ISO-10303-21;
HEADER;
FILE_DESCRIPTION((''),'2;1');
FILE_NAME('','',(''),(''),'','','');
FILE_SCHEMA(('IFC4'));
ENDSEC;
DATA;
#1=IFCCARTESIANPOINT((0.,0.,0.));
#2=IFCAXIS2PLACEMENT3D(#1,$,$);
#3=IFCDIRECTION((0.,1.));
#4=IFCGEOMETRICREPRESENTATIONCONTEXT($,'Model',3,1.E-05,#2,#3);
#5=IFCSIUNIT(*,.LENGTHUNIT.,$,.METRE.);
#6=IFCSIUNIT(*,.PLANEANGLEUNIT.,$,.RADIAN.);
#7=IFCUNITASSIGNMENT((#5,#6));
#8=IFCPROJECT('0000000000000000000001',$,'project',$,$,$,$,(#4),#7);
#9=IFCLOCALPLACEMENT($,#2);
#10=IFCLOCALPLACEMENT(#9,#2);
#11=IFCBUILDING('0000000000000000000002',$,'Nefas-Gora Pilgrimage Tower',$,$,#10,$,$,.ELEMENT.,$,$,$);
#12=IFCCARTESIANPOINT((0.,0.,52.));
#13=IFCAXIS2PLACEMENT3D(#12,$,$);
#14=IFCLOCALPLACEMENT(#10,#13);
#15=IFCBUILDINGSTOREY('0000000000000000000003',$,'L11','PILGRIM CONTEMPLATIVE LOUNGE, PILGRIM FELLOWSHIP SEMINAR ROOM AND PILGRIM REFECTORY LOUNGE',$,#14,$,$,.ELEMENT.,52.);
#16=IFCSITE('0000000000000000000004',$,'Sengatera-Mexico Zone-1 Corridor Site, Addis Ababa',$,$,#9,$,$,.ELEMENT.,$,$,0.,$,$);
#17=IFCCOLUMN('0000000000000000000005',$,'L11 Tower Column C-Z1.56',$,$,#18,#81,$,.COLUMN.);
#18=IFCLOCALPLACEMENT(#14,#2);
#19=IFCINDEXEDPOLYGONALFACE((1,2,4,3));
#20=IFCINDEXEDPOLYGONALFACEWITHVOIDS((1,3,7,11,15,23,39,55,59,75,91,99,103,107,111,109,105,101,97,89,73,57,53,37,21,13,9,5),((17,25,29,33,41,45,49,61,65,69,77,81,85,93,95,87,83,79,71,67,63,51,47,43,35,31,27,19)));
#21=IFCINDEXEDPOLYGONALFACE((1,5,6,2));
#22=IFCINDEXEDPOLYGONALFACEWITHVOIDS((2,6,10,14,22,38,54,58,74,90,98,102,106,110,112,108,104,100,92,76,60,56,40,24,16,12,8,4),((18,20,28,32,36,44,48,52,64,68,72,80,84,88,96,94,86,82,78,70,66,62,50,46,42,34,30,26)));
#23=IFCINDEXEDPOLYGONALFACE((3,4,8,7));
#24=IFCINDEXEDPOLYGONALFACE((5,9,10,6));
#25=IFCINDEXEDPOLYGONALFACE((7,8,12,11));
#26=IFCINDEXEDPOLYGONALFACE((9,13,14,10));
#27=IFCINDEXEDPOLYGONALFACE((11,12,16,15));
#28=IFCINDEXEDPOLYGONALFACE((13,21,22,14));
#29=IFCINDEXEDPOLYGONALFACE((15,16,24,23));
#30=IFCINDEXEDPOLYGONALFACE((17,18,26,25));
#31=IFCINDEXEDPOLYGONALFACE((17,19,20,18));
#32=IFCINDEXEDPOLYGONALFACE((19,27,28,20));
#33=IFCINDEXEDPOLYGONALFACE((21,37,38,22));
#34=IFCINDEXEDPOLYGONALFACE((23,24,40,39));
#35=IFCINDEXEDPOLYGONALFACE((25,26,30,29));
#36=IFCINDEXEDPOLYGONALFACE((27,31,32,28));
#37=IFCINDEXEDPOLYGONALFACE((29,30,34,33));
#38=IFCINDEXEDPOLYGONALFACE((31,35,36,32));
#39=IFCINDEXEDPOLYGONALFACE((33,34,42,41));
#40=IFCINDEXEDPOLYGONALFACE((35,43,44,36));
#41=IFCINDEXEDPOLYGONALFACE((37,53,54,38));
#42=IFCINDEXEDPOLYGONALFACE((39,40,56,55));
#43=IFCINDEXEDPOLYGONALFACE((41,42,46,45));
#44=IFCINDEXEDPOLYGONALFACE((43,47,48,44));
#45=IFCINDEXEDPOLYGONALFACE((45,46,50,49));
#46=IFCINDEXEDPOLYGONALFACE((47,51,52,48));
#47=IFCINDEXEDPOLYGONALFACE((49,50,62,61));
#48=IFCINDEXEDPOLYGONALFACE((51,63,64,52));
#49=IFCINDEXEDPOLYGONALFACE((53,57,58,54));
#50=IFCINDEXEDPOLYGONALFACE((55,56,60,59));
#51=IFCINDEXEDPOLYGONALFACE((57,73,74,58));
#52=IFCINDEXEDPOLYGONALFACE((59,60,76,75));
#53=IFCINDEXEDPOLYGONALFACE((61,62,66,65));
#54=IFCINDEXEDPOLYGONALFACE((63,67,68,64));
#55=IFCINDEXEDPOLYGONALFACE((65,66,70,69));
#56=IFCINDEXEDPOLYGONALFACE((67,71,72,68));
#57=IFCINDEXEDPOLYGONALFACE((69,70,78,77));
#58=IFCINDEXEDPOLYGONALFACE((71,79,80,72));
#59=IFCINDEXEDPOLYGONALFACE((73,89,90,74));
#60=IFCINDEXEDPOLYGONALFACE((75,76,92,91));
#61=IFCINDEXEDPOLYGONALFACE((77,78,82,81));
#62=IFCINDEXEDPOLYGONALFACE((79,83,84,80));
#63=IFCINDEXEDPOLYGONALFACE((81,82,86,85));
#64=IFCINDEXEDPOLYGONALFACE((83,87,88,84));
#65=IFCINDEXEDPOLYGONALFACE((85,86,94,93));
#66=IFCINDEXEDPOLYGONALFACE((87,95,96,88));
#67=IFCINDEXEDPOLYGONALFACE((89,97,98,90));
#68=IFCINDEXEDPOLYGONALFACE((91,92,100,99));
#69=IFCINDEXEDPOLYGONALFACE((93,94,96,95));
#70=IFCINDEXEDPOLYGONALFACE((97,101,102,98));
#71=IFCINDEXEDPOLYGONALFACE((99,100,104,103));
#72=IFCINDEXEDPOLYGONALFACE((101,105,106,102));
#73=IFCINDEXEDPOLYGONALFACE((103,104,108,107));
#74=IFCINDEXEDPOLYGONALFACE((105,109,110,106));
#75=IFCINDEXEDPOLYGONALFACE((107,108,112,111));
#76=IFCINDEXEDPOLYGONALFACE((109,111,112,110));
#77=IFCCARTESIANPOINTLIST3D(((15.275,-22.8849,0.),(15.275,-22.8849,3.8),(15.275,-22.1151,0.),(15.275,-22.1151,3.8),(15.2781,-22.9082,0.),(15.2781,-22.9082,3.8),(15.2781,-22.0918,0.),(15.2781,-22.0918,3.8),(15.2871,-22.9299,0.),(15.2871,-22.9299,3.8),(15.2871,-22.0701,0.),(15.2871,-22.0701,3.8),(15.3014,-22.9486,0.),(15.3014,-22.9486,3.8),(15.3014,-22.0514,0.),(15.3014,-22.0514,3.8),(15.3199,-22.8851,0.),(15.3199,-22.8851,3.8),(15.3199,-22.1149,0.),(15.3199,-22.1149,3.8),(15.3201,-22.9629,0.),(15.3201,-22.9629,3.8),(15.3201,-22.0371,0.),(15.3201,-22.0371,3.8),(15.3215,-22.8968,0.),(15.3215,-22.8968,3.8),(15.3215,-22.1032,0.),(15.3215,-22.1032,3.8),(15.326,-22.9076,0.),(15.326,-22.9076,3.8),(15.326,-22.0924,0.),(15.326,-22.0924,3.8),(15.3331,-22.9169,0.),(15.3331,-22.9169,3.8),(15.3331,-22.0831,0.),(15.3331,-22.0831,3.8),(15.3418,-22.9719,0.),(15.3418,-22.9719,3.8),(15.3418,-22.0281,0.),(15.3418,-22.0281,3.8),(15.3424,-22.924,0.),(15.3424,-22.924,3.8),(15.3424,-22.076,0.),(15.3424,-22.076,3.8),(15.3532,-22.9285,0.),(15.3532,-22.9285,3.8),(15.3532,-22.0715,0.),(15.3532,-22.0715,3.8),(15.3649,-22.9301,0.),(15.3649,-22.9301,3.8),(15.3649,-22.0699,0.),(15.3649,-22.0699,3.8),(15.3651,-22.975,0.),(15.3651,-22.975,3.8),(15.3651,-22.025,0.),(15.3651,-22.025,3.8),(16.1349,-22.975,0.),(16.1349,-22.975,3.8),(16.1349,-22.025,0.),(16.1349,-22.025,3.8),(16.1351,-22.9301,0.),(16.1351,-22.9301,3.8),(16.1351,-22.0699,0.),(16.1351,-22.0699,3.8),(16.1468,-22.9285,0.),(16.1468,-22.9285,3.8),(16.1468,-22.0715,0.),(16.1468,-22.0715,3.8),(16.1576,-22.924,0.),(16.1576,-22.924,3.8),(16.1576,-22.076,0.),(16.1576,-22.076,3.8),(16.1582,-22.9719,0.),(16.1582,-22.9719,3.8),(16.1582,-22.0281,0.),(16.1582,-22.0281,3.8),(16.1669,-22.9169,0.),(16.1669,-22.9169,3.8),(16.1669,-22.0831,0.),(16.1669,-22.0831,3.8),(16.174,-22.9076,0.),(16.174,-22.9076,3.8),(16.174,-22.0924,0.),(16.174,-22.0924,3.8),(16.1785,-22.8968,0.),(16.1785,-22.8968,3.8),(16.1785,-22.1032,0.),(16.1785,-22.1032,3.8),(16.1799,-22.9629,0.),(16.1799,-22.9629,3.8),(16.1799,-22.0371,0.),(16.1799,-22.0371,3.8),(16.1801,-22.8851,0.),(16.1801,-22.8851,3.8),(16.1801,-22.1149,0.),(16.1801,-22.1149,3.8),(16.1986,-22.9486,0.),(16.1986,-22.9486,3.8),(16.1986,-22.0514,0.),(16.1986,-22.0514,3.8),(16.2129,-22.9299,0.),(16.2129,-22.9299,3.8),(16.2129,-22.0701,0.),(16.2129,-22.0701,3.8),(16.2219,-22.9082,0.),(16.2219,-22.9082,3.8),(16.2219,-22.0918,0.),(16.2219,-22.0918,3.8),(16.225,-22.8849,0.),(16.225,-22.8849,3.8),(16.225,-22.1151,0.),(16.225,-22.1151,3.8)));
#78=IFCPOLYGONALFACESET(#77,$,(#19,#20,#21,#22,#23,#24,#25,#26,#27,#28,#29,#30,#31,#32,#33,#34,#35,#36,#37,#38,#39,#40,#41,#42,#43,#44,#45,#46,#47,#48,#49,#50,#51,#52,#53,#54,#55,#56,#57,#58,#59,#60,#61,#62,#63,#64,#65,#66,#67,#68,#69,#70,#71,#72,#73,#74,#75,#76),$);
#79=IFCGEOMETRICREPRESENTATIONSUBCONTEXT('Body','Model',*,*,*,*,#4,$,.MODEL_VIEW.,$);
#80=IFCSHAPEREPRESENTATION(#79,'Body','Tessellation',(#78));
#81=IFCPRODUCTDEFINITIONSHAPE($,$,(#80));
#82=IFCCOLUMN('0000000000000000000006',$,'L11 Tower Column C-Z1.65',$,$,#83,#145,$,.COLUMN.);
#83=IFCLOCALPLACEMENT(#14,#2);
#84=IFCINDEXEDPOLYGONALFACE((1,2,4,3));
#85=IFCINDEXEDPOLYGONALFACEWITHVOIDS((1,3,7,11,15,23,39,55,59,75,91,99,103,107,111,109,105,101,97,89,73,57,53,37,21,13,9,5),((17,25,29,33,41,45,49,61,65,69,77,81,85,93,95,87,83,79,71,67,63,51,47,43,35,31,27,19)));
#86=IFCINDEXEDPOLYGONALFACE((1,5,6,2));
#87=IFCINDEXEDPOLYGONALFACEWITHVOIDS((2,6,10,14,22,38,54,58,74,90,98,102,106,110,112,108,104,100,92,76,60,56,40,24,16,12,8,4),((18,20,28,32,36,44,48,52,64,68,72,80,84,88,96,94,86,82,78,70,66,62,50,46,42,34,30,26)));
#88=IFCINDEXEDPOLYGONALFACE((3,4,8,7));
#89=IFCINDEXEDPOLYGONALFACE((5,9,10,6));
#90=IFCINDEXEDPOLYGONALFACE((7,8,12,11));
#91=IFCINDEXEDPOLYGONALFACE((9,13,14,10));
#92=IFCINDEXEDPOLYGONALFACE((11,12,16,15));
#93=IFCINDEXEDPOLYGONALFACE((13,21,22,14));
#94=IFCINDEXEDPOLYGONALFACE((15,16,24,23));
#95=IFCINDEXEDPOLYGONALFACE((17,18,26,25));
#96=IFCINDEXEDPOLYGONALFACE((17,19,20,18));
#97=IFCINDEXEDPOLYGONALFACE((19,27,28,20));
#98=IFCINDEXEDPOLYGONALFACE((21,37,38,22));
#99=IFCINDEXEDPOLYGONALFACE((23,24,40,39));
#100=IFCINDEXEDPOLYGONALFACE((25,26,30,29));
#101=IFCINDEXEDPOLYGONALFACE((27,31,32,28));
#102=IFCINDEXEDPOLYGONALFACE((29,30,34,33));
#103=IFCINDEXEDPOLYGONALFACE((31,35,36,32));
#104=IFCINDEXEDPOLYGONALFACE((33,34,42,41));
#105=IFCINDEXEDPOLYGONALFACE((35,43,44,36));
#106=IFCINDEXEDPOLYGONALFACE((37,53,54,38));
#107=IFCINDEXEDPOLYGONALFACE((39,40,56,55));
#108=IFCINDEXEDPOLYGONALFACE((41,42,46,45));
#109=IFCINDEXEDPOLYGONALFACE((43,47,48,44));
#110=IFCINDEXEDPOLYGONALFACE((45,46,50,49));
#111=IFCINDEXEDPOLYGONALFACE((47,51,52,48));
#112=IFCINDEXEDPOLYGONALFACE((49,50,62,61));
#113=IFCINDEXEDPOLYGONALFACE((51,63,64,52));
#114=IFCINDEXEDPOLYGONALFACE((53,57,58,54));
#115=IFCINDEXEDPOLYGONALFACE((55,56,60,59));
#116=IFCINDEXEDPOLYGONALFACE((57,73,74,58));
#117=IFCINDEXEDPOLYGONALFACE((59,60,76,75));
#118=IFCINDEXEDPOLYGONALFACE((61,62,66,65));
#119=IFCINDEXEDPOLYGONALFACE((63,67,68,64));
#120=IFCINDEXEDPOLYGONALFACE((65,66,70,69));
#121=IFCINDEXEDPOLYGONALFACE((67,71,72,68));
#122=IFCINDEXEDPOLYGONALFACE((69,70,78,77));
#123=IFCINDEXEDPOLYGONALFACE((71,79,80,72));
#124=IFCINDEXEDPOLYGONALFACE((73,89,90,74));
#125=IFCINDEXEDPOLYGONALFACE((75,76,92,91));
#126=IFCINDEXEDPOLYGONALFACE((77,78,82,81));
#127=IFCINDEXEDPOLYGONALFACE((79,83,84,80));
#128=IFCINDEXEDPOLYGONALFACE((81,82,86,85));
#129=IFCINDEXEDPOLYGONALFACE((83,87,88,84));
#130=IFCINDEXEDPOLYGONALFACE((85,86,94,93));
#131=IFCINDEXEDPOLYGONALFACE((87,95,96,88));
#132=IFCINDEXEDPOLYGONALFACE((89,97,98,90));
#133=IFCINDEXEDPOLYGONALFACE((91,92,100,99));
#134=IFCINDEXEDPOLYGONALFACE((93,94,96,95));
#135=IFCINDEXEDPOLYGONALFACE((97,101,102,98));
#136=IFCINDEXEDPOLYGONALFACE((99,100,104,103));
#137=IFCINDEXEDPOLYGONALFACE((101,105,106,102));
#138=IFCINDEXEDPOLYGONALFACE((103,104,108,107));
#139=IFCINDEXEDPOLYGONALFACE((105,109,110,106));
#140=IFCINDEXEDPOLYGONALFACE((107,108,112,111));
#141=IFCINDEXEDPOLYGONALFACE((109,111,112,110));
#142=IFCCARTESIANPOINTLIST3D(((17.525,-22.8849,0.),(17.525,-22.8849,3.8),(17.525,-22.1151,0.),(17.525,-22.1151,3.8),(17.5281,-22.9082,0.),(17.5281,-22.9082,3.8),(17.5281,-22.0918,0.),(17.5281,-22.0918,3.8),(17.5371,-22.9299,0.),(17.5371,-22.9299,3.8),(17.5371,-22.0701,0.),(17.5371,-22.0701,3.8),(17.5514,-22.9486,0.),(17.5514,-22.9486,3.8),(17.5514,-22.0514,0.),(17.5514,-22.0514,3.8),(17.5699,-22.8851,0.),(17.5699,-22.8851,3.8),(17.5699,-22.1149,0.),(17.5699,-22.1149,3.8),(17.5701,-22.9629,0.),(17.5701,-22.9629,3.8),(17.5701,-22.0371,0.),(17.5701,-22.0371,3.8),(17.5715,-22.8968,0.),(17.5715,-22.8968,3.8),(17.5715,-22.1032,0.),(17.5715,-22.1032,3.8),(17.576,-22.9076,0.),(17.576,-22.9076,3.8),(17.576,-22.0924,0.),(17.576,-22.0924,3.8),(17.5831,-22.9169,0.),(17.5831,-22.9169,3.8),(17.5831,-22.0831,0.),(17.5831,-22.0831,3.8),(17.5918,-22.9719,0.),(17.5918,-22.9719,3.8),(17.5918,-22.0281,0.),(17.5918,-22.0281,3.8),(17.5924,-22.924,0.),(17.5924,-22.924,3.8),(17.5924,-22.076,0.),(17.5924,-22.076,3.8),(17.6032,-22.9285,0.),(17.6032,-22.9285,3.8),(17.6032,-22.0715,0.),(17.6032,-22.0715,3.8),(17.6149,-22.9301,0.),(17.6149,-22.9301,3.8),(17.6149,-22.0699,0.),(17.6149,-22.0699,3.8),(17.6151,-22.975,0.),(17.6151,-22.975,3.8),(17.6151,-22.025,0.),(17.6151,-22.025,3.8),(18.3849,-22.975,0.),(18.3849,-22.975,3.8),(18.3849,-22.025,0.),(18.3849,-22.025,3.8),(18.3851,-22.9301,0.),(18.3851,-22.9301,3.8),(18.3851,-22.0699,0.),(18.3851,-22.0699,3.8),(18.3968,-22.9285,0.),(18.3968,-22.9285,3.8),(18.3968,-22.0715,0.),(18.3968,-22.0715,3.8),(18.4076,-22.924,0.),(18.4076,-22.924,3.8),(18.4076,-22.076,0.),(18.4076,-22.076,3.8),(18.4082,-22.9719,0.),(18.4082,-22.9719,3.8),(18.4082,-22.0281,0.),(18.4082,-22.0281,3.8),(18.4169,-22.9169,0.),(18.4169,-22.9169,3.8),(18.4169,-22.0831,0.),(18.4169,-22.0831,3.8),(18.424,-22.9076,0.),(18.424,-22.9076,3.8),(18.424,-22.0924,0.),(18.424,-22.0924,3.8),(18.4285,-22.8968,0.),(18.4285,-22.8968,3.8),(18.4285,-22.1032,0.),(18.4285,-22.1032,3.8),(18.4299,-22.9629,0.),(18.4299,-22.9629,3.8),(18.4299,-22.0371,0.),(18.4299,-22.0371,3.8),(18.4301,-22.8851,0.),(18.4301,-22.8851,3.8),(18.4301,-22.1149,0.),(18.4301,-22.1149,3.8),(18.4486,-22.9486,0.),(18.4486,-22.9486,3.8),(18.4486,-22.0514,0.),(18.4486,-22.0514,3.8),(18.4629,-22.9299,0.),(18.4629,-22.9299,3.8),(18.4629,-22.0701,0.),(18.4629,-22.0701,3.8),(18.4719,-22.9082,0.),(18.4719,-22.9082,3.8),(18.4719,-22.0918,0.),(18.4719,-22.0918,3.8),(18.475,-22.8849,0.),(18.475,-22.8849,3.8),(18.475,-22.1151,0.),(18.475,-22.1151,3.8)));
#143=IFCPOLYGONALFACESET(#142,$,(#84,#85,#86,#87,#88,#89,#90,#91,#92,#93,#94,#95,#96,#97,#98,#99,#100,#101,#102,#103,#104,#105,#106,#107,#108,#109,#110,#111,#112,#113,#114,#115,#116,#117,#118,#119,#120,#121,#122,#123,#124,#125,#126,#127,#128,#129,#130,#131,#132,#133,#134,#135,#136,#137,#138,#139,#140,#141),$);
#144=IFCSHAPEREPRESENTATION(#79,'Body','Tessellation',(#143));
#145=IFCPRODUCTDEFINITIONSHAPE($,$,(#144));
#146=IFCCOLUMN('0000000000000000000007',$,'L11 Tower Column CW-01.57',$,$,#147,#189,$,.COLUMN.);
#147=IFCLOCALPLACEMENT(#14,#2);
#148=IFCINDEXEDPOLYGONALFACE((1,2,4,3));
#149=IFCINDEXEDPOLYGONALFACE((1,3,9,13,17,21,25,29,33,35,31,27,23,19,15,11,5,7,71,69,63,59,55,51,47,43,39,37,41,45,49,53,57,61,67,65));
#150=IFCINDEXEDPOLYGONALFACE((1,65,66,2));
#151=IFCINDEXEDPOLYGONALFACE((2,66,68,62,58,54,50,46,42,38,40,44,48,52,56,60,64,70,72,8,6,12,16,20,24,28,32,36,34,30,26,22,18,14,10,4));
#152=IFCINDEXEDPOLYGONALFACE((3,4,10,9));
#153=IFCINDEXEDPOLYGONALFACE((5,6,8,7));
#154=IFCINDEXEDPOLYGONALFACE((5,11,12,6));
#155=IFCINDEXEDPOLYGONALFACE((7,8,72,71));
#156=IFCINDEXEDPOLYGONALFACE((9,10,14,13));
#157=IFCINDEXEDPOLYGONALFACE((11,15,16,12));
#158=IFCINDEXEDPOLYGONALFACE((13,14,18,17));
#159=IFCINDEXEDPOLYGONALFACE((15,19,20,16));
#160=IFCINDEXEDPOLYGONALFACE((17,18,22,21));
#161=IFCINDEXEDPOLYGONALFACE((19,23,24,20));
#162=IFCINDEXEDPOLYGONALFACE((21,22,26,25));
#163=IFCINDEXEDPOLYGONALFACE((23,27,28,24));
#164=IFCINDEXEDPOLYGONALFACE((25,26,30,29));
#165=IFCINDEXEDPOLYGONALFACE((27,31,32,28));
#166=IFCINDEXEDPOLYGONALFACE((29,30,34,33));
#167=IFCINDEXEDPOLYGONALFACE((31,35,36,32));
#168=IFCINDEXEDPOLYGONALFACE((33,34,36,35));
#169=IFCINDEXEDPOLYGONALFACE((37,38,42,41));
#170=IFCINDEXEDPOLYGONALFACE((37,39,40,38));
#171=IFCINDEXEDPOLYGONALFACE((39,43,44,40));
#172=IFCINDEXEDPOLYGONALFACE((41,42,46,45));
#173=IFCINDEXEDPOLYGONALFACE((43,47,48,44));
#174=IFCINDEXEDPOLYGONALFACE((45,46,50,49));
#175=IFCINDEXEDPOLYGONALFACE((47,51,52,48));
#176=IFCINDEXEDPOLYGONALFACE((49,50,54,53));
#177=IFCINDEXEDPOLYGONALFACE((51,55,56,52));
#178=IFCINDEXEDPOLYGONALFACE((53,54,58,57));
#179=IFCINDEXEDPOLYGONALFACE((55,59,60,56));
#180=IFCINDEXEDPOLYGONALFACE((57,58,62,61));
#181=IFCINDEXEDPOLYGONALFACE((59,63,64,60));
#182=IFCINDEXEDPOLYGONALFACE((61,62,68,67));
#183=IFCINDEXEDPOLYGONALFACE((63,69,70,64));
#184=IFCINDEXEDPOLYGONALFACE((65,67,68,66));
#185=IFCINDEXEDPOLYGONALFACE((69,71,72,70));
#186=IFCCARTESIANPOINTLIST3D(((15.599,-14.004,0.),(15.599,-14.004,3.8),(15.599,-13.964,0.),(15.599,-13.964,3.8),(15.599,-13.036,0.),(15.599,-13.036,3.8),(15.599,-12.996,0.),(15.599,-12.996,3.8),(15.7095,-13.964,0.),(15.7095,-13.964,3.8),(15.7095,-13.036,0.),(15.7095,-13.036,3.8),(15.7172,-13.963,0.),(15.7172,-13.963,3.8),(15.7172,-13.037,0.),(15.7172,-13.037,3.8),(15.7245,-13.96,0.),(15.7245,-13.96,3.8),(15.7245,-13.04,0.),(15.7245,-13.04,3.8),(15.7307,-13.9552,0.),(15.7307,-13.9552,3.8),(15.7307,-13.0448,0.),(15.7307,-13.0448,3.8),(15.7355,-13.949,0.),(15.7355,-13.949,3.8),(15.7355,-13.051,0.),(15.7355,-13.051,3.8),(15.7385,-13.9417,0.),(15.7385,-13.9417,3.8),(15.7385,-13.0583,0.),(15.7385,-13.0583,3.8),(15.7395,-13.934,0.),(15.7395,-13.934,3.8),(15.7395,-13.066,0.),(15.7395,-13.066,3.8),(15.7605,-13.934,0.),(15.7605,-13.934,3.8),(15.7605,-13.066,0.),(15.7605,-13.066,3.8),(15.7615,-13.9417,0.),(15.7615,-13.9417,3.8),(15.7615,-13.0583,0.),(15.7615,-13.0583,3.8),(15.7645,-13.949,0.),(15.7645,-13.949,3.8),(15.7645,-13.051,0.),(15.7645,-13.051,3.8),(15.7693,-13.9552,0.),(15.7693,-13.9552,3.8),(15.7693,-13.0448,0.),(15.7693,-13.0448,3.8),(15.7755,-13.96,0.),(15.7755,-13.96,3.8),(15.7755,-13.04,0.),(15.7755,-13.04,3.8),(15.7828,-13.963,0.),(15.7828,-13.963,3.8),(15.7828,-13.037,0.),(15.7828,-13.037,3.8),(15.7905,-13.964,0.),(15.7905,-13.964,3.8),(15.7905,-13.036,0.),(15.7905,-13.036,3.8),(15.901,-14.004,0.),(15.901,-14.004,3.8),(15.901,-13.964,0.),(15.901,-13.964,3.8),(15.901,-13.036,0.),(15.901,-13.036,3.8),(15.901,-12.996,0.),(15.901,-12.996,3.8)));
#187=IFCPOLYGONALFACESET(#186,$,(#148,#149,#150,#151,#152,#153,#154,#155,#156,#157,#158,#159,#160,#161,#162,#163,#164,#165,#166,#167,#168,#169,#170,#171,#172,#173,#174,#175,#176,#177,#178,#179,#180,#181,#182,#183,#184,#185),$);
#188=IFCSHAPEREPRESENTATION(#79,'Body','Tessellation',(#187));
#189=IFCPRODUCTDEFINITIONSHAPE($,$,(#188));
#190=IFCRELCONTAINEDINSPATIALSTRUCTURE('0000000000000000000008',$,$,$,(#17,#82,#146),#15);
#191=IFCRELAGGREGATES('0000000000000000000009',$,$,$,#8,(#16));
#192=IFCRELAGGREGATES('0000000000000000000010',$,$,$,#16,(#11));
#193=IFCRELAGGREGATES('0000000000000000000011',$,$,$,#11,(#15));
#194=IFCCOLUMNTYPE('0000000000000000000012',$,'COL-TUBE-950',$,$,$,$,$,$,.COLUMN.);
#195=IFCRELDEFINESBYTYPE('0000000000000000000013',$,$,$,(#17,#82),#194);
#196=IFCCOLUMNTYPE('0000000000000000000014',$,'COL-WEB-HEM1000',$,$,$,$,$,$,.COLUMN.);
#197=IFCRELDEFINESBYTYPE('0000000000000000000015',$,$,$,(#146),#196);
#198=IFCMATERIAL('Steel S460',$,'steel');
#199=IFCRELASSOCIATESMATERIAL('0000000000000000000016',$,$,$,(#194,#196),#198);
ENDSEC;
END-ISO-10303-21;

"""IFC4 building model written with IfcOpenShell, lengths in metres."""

from ifc_helpers import new_model, si_unit, direction, frame, origin, origin_2d, place, context, subcontext, project, spatial, hollow_rectangle, i_section, extrude, source, transform, mapped, material, material_profile, profile_set, type_object, element, save


model = new_model("IFC4")

# Units and contexts
model_context = context("Model", 3, precision=1e-05, world=origin(), true_north=direction((0.0, 1.0)))
body_context = subcontext(model_context, "Body", "Model", "MODEL_VIEW")
ifc_project = project(units=[si_unit("LENGTHUNIT", "METRE"), si_unit("PLANEANGLEUNIT", "RADIAN")], contexts=[model_context])

# Site, building, storey
site_placement = place(None, origin())
site = spatial("IfcSite", under=ifc_project, at=site_placement, Name="Sengatera-Mexico Zone-1 Corridor Site, Addis Ababa", CompositionType="ELEMENT", RefElevation=0.0)
building_placement = place(site_placement, origin())
building = spatial("IfcBuilding", under=site, at=building_placement, Name="Nefas-Gora Pilgrimage Tower", CompositionType="ELEMENT")
storey_placement = place(building_placement, frame((0.0, 0.0, 52.0)))
storey = spatial("IfcBuildingStorey", under=building, at=storey_placement, Name="L11", Description="PILGRIM CONTEMPLATIVE LOUNGE, PILGRIM FELLOWSHIP SEMINAR ROOM AND PILGRIM REFECTORY LOUNGE", CompositionType="ELEMENT", Elevation=52.0)

# Columns
ifc_material_1 = material(Name="Steel S460", Category="steel")
ifc_material_profile_1 = material_profile(ifc_material_1, hollow_rectangle(XDim=0.95, YDim=0.95, WallThickness=0.0449, InnerFilletRadius=0.0449, OuterFilletRadius=0.0901, at=origin_2d()), Name="BOX 950x950x45")
ifc_profile_set_1 = profile_set([ifc_material_profile_1], Name="Steel S460")
column_type_1 = type_object("IfcColumnType", Name="COL-TUBE-950", PredefinedType="COLUMN", material=ifc_profile_set_1)
shared_shape_1 = source(origin(), body_context, "Body", "SweptSolid", [
    extrude(hollow_rectangle(XDim=0.95, YDim=0.95, WallThickness=0.0449, InnerFilletRadius=0.0449, OuterFilletRadius=0.0901, at=origin_2d()), origin(), (0.0, 0.0, 1.0), 3.8),
])
for number, where, z_axis, x_axis, name in (
    (1, (15.75, -22.5, 0.0), (0.0, 0.0, 1.0), (1.0, 0.0, 0.0), "L11 Tower Column C-Z1.56"),
    (2, (18.0, -22.5, 0.0), (0.0, 0.0, 1.0), (1.0, 0.0, 0.0), "L11 Tower Column C-Z1.65"),
):
    element("IfcColumn", number, at=place(storey_placement, frame(where, z_axis=z_axis, x_axis=x_axis)), inside=storey, type_object=column_type_1, Name=name, PredefinedType="COLUMN", context=body_context, shape_type="MappedRepresentation", body=[
        mapped(shared_shape_1, transform((0.0, 0.0, 0.0), x_axis=(1.0, 0.0, 0.0), y_axis=(0.0, 1.0, 0.0), z_axis=(0.0, 0.0, 1.0), scale=1.0)),
    ])
ifc_material_profile_2 = material_profile(ifc_material_1, i_section(OverallWidth=0.302, OverallDepth=1.0081, WebThickness=0.021, FlangeThickness=0.04, FilletRadius=0.03, at=origin_2d()), Name="HEM 1000")
ifc_profile_set_2 = profile_set([ifc_material_profile_2], Name="Steel S460")
column_type_2 = type_object("IfcColumnType", Name="COL-WEB-HEM1000", PredefinedType="COLUMN", material=ifc_profile_set_2)
shared_shape_2 = source(origin(), body_context, "Body", "SweptSolid", [
    extrude(i_section(OverallWidth=0.302, OverallDepth=1.0081, WebThickness=0.021, FlangeThickness=0.04, FilletRadius=0.03, at=origin_2d()), origin(), (0.0, 0.0, 1.0), 3.8),
])
for number, where, z_axis, x_axis, name in (
    (3, (15.75, -13.5, 0.0), (0.0, 0.0, 1.0), (1.0, 0.0, 0.0), "L11 Tower Column CW-01.57"),
):
    element("IfcColumn", number, at=place(storey_placement, frame(where, z_axis=z_axis, x_axis=x_axis)), inside=storey, type_object=column_type_2, Name=name, PredefinedType="COLUMN", context=body_context, shape_type="MappedRepresentation", body=[
        mapped(shared_shape_2, transform((0.0, 0.0, 0.0), x_axis=(1.0, 0.0, 0.0), y_axis=(0.0, 1.0, 0.0), z_axis=(0.0, 0.0, 1.0), scale=1.0)),
    ])

save(model, "model.ifc")
